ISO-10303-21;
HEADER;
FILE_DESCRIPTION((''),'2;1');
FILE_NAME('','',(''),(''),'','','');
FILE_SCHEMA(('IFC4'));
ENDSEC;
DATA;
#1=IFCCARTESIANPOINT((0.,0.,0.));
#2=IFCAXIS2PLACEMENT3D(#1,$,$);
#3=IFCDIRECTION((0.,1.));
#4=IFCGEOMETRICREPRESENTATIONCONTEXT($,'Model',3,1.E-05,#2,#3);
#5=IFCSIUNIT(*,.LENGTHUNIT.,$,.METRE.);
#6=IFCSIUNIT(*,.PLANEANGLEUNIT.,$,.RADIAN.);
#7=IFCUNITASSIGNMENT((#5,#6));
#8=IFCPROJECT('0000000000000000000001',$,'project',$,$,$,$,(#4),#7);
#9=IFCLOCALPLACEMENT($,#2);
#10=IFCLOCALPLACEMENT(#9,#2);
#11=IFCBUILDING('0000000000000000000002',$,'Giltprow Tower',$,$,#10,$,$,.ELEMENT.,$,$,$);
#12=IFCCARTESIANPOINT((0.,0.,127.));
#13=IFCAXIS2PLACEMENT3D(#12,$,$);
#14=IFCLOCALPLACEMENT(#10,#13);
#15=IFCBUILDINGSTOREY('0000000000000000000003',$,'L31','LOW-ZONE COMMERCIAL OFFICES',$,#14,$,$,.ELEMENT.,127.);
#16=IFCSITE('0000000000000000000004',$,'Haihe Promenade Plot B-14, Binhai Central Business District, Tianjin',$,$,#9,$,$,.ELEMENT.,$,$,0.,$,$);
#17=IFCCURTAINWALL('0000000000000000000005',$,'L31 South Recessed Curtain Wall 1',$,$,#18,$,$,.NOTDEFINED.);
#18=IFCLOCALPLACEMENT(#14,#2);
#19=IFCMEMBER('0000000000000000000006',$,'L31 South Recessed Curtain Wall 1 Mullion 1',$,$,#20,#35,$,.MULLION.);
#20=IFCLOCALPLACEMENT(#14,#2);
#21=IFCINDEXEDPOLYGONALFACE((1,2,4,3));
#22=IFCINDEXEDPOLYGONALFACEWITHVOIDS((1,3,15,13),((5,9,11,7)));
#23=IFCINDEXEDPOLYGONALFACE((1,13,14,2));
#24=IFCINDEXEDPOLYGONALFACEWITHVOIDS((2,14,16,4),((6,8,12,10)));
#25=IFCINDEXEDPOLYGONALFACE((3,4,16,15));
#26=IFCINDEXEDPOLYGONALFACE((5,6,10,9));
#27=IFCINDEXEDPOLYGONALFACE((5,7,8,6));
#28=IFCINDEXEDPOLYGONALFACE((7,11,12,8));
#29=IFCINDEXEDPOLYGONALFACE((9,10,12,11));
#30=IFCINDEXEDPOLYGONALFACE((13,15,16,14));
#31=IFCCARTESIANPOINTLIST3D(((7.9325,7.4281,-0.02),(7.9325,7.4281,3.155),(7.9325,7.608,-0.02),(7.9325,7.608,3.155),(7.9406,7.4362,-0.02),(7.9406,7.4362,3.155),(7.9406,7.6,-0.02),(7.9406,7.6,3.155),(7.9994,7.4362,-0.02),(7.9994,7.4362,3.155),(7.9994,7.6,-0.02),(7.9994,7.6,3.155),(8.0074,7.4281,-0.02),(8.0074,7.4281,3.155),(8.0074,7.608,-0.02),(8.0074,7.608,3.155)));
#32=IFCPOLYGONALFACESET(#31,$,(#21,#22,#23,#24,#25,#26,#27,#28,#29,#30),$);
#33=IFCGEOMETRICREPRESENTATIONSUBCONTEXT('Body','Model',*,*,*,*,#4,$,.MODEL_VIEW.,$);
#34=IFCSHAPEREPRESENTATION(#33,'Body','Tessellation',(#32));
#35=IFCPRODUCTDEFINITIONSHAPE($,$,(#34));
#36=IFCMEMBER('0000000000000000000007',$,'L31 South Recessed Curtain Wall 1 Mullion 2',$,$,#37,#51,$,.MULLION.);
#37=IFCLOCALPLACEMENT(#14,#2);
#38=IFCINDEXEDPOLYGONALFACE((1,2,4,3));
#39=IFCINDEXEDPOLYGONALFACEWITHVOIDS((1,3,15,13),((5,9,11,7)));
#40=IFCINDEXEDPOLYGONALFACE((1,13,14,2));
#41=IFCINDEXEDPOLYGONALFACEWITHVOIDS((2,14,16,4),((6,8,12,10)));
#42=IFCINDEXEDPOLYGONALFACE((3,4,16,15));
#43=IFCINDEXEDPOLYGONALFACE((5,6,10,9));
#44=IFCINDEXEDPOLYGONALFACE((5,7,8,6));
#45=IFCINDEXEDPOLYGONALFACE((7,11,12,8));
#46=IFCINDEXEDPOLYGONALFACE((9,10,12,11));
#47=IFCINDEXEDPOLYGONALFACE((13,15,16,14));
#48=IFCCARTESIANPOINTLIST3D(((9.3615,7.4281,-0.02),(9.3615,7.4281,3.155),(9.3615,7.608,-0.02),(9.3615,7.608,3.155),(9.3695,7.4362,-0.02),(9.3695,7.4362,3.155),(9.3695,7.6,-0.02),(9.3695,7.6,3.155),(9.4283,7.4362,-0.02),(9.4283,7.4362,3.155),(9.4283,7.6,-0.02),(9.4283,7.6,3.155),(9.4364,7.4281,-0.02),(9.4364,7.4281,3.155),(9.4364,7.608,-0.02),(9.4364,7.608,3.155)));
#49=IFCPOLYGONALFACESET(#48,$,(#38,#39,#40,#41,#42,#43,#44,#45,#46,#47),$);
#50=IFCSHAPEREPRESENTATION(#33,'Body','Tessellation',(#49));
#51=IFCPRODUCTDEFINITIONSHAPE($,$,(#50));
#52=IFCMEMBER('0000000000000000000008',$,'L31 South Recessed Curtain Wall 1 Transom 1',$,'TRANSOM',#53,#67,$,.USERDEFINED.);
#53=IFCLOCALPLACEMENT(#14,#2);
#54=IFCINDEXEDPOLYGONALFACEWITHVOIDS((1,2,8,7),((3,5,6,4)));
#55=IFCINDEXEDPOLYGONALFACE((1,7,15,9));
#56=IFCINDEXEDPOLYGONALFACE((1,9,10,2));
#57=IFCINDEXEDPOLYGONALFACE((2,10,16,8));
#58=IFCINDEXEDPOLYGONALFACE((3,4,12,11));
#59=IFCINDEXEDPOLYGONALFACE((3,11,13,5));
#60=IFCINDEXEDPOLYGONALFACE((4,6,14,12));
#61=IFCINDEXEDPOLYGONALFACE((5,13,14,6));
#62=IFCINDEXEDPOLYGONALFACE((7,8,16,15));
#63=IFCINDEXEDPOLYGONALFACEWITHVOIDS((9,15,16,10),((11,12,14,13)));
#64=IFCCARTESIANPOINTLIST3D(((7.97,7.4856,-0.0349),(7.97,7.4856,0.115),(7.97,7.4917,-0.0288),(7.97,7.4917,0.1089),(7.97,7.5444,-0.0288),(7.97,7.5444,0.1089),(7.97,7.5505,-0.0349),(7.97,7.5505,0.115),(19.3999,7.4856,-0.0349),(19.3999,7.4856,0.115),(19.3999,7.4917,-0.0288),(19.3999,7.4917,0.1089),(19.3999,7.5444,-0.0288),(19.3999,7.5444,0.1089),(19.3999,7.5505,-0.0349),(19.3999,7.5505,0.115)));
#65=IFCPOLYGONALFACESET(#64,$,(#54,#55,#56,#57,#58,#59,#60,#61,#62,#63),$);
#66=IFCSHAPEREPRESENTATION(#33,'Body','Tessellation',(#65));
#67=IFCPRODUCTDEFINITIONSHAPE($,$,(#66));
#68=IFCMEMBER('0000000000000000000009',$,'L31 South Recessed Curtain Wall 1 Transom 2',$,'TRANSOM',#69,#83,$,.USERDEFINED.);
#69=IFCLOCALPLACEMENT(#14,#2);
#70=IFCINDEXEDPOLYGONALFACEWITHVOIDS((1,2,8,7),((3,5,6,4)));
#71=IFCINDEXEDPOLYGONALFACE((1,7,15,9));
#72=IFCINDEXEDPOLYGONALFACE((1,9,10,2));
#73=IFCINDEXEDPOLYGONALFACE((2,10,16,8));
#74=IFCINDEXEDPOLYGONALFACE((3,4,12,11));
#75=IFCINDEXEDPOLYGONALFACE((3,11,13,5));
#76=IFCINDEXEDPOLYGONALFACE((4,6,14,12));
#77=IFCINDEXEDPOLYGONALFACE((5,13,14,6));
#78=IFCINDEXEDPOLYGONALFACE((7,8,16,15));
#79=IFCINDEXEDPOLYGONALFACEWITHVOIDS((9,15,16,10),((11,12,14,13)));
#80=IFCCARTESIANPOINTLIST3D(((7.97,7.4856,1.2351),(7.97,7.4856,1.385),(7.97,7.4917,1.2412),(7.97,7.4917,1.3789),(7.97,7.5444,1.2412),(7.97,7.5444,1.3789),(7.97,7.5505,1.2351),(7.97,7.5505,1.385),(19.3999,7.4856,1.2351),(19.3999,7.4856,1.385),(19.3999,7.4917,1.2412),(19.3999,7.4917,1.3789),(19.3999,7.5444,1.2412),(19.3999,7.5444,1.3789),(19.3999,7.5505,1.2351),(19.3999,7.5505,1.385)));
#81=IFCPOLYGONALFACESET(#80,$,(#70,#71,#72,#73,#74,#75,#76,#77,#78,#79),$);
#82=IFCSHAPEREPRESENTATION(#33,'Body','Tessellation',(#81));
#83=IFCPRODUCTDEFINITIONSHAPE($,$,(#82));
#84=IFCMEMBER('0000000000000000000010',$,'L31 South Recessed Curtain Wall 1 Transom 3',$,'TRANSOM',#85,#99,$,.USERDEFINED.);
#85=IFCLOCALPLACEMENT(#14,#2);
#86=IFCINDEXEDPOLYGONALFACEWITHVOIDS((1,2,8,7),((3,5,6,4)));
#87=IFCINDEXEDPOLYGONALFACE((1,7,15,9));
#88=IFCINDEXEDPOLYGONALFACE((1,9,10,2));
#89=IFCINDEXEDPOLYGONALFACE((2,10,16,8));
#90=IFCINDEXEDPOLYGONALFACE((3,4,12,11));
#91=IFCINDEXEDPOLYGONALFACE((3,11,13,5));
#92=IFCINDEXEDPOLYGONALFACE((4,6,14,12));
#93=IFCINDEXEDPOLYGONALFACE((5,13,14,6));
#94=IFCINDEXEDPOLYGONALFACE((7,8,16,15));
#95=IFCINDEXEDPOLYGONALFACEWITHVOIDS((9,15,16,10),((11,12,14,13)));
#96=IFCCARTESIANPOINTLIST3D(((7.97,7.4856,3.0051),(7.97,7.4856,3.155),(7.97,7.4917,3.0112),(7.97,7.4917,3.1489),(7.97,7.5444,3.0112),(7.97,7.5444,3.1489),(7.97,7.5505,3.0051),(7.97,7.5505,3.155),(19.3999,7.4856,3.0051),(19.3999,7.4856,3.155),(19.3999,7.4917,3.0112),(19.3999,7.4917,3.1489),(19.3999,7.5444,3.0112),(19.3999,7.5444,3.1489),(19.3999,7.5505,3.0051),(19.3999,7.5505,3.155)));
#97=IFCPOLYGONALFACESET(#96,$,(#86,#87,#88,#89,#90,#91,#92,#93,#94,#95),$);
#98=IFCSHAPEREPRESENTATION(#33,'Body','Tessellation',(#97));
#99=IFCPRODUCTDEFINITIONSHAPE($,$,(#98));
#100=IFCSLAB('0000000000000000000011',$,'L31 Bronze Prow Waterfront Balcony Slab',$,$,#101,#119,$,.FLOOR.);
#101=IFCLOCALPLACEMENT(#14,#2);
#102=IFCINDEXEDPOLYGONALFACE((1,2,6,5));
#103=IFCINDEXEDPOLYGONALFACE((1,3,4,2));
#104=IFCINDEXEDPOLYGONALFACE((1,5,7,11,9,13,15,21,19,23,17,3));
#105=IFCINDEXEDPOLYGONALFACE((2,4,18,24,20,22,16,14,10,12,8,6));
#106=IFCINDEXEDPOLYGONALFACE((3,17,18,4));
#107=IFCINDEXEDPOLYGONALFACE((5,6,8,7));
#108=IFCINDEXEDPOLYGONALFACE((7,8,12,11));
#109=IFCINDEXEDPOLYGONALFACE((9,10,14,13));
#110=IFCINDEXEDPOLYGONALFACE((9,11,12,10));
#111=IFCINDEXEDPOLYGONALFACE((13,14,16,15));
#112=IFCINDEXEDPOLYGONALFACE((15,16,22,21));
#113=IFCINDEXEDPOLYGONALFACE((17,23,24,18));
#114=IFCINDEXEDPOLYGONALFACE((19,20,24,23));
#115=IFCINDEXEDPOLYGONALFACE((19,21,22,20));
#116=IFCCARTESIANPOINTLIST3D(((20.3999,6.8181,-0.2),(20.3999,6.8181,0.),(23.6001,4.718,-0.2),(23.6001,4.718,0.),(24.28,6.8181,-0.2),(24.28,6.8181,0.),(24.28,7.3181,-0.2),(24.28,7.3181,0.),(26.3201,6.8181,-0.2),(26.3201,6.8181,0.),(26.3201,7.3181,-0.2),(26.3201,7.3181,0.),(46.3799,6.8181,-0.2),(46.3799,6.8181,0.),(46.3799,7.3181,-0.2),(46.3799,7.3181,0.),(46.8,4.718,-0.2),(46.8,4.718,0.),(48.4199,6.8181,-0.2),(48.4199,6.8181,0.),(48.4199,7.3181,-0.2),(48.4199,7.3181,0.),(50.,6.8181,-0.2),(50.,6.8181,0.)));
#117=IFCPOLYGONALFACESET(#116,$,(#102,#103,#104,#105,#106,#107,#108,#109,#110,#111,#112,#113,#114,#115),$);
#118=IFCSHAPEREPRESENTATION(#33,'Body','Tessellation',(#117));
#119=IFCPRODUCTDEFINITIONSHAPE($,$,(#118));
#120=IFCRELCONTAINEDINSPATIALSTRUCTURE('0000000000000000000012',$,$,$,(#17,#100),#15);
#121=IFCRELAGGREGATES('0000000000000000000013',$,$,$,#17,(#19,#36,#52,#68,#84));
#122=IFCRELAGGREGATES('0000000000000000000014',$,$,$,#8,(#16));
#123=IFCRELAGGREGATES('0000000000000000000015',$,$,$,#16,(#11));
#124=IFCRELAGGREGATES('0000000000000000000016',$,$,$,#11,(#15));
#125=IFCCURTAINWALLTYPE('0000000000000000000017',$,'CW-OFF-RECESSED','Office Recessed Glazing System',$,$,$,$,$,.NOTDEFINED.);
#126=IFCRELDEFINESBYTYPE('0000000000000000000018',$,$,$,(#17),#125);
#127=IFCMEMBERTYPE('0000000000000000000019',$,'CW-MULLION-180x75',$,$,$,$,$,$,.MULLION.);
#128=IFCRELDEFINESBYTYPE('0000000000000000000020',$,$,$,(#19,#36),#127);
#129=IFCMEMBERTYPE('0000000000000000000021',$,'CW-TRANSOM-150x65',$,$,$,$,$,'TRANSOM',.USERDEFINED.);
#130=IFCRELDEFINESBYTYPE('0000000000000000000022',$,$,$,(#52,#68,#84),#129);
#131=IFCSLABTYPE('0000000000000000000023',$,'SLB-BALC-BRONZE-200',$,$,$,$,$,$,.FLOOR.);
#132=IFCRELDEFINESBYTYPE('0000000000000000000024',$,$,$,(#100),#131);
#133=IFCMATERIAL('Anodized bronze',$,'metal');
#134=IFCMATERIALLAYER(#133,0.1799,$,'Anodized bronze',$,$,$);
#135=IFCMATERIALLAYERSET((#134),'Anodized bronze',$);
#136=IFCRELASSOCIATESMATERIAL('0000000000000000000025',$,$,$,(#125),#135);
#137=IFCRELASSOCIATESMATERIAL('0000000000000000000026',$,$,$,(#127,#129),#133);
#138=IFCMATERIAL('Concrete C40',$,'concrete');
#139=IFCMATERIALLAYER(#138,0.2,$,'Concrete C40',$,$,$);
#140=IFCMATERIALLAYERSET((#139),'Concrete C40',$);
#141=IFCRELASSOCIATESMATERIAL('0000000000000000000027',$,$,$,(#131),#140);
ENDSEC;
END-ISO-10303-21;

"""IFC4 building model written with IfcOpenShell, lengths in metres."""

from ifc_helpers import new_model, si_unit, direction, frame, origin, origin_2d, place, context, subcontext, project, spatial, polyline, hollow_rectangle, outline, extrude, source, transform, mapped, material, layer, layer_set, material_profile, profile_set, type_object, element, aggregate, save


model = new_model("IFC4")

# Units and contexts
model_context = context("Model", 3, precision=1e-05, world=origin(), true_north=direction((0.0, 1.0)))
body_context = subcontext(model_context, "Body", "Model", "MODEL_VIEW")
ifc_project = project(units=[si_unit("LENGTHUNIT", "METRE"), si_unit("PLANEANGLEUNIT", "RADIAN")], contexts=[model_context])

# Site, building, storey
site_placement = place(None, origin())
site = spatial("IfcSite", under=ifc_project, at=site_placement, Name="Haihe Promenade Plot B-14, Binhai Central Business District, Tianjin", CompositionType="ELEMENT", RefElevation=0.0)
building_placement = place(site_placement, origin())
building = spatial("IfcBuilding", under=site, at=building_placement, Name="Giltprow Tower", CompositionType="ELEMENT")
storey_placement = place(building_placement, frame((0.0, 0.0, 127.0)))
storey = spatial("IfcBuildingStorey", under=building, at=storey_placement, Name="L31", Description="LOW-ZONE COMMERCIAL OFFICES", CompositionType="ELEMENT", Elevation=127.0)

# Curtain wall, members
ifc_material_1 = material(Name="Anodized bronze", Category="metal")
ifc_layer_1 = layer(ifc_material_1, 0.1799, Name="Anodized bronze")
ifc_layer_set_1 = layer_set([ifc_layer_1], Name="Anodized bronze")
curtain_wall_type = type_object("IfcCurtainWallType", Name="CW-OFF-RECESSED", Description="Office Recessed Glazing System", PredefinedType="NOTDEFINED", material=ifc_layer_set_1)
curtain_wall_placement = place(storey_placement, origin())
curtain_wall = element("IfcCurtainWall", 1, at=curtain_wall_placement, inside=storey, type_object=curtain_wall_type, Name="L31 South Recessed Curtain Wall 1", PredefinedType="NOTDEFINED")
ifc_material_profile_1 = material_profile(ifc_material_1, hollow_rectangle(XDim=0.075, YDim=0.1799, WallThickness=0.0081, at=origin_2d()), Name="RHS 180x75x8")
ifc_profile_set_1 = profile_set([ifc_material_profile_1], Name="Anodized bronze")
member_type_1 = type_object("IfcMemberType", Name="CW-MULLION-180x75", PredefinedType="MULLION", material=ifc_profile_set_1)
shared_shape_1 = source(origin(), body_context, "Body", "SweptSolid", [
    extrude(hollow_rectangle(XDim=0.075, YDim=0.1799, WallThickness=0.0081, at=origin_2d()), origin(), (0.0, 0.0, 1.0), 3.175),
])
member_1_placement = place(storey_placement, frame((7.97, 7.5181, -0.02), z_axis=(0.0, 0.0, 1.0), x_axis=(1.0, 0.0, 0.0)))
member_1 = element("IfcMember", 2, at=member_1_placement, type_object=member_type_1, Name="L31 South Recessed Curtain Wall 1 Mullion 1", PredefinedType="MULLION", context=body_context, shape_type="MappedRepresentation", body=[
    mapped(shared_shape_1, transform((0.0, 0.0, 0.0), x_axis=(1.0, 0.0, 0.0), y_axis=(0.0, 1.0, 0.0), z_axis=(0.0, 0.0, 1.0), scale=1.0)),
])
member_2_placement = place(storey_placement, frame((9.3989, 7.5181, -0.02), z_axis=(0.0, 0.0, 1.0), x_axis=(1.0, 0.0, 0.0)))
member_2 = element("IfcMember", 3, at=member_2_placement, type_object=member_type_1, Name="L31 South Recessed Curtain Wall 1 Mullion 2", PredefinedType="MULLION", context=body_context, shape_type="MappedRepresentation", body=[
    mapped(shared_shape_1, transform((0.0, 0.0, 0.0), x_axis=(1.0, 0.0, 0.0), y_axis=(0.0, 1.0, 0.0), z_axis=(0.0, 0.0, 1.0), scale=1.0)),
])
ifc_material_profile_2 = material_profile(ifc_material_1, hollow_rectangle(XDim=0.0649, YDim=0.1499, WallThickness=0.0061, at=origin_2d()), Name="RHS 150x65x6")
ifc_profile_set_2 = profile_set([ifc_material_profile_2], Name="Anodized bronze")
member_type_2 = type_object("IfcMemberType", Name="CW-TRANSOM-150x65", ElementType="TRANSOM", PredefinedType="USERDEFINED", material=ifc_profile_set_2)
shared_shape_2 = source(origin(), body_context, "Body", "SweptSolid", [
    extrude(hollow_rectangle(XDim=0.0649, YDim=0.1499, WallThickness=0.0061, at=origin_2d()), origin(), (0.0, 0.0, 1.0), 11.4299),
])
member_3_placement = place(storey_placement, frame((7.97, 7.5181, 0.04), z_axis=(1.0, 0.0, 0.0), x_axis=(0.0, 1.0, 0.0)))
member_3 = element("IfcMember", 4, at=member_3_placement, type_object=member_type_2, Name="L31 South Recessed Curtain Wall 1 Transom 1", ObjectType="TRANSOM", PredefinedType="USERDEFINED", context=body_context, shape_type="MappedRepresentation", body=[
    mapped(shared_shape_2, transform((0.0, 0.0, 0.0), x_axis=(1.0, 0.0, 0.0), y_axis=(0.0, 1.0, 0.0), z_axis=(0.0, 0.0, 1.0), scale=1.0)),
])
member_4_placement = place(storey_placement, frame((7.97, 7.5181, 1.3101), z_axis=(1.0, 0.0, 0.0), x_axis=(0.0, 1.0, 0.0)))
member_4 = element("IfcMember", 5, at=member_4_placement, type_object=member_type_2, Name="L31 South Recessed Curtain Wall 1 Transom 2", ObjectType="TRANSOM", PredefinedType="USERDEFINED", context=body_context, shape_type="MappedRepresentation", body=[
    mapped(shared_shape_2, transform((0.0, 0.0, 0.0), x_axis=(1.0, 0.0, 0.0), y_axis=(0.0, 1.0, 0.0), z_axis=(0.0, 0.0, 1.0), scale=1.0)),
])
member_5_placement = place(storey_placement, frame((7.97, 7.5181, 3.0801), z_axis=(1.0, 0.0, 0.0), x_axis=(0.0, 1.0, 0.0)))
member_5 = element("IfcMember", 6, at=member_5_placement, type_object=member_type_2, Name="L31 South Recessed Curtain Wall 1 Transom 3", ObjectType="TRANSOM", PredefinedType="USERDEFINED", context=body_context, shape_type="MappedRepresentation", body=[
    mapped(shared_shape_2, transform((0.0, 0.0, 0.0), x_axis=(1.0, 0.0, 0.0), y_axis=(0.0, 1.0, 0.0), z_axis=(0.0, 0.0, 1.0), scale=1.0)),
])

# Slab
ifc_material_2 = material(Name="Concrete C40", Category="concrete")
ifc_layer_2 = layer(ifc_material_2, 0.2, Name="Concrete C40")
ifc_layer_set_2 = layer_set([ifc_layer_2], Name="Concrete C40")
slab_type_1 = type_object("IfcSlabType", Name="SLB-BALC-BRONZE-200", PredefinedType="FLOOR", material=ifc_layer_set_2)
slab_1_placement = place(storey_placement, frame((0.0, 0.0, -0.2)))
element("IfcSlab", 7, at=slab_1_placement, inside=storey, type_object=slab_type_1, Name="L31 Bronze Prow Waterfront Balcony Slab", PredefinedType="FLOOR", context=body_context, shape_type="SweptSolid", body=[
    extrude(outline(polyline([(50.0, 6.8181), (46.8, 4.718), (23.6001, 4.718), (20.3999, 6.8181), (24.28, 6.8181), (24.28, 7.3181), (26.3201, 7.3181), (26.3201, 6.8181), (46.3799, 6.8181), (46.3799, 7.3181), (48.4199, 7.3181), (48.4199, 6.8181), (50.0, 6.8181)])), origin(), (0.0, 0.0, 1.0), 0.2),
])

aggregate(curtain_wall, [member_1, member_2, member_3, member_4, member_5])

save(model, "model.ifc")
